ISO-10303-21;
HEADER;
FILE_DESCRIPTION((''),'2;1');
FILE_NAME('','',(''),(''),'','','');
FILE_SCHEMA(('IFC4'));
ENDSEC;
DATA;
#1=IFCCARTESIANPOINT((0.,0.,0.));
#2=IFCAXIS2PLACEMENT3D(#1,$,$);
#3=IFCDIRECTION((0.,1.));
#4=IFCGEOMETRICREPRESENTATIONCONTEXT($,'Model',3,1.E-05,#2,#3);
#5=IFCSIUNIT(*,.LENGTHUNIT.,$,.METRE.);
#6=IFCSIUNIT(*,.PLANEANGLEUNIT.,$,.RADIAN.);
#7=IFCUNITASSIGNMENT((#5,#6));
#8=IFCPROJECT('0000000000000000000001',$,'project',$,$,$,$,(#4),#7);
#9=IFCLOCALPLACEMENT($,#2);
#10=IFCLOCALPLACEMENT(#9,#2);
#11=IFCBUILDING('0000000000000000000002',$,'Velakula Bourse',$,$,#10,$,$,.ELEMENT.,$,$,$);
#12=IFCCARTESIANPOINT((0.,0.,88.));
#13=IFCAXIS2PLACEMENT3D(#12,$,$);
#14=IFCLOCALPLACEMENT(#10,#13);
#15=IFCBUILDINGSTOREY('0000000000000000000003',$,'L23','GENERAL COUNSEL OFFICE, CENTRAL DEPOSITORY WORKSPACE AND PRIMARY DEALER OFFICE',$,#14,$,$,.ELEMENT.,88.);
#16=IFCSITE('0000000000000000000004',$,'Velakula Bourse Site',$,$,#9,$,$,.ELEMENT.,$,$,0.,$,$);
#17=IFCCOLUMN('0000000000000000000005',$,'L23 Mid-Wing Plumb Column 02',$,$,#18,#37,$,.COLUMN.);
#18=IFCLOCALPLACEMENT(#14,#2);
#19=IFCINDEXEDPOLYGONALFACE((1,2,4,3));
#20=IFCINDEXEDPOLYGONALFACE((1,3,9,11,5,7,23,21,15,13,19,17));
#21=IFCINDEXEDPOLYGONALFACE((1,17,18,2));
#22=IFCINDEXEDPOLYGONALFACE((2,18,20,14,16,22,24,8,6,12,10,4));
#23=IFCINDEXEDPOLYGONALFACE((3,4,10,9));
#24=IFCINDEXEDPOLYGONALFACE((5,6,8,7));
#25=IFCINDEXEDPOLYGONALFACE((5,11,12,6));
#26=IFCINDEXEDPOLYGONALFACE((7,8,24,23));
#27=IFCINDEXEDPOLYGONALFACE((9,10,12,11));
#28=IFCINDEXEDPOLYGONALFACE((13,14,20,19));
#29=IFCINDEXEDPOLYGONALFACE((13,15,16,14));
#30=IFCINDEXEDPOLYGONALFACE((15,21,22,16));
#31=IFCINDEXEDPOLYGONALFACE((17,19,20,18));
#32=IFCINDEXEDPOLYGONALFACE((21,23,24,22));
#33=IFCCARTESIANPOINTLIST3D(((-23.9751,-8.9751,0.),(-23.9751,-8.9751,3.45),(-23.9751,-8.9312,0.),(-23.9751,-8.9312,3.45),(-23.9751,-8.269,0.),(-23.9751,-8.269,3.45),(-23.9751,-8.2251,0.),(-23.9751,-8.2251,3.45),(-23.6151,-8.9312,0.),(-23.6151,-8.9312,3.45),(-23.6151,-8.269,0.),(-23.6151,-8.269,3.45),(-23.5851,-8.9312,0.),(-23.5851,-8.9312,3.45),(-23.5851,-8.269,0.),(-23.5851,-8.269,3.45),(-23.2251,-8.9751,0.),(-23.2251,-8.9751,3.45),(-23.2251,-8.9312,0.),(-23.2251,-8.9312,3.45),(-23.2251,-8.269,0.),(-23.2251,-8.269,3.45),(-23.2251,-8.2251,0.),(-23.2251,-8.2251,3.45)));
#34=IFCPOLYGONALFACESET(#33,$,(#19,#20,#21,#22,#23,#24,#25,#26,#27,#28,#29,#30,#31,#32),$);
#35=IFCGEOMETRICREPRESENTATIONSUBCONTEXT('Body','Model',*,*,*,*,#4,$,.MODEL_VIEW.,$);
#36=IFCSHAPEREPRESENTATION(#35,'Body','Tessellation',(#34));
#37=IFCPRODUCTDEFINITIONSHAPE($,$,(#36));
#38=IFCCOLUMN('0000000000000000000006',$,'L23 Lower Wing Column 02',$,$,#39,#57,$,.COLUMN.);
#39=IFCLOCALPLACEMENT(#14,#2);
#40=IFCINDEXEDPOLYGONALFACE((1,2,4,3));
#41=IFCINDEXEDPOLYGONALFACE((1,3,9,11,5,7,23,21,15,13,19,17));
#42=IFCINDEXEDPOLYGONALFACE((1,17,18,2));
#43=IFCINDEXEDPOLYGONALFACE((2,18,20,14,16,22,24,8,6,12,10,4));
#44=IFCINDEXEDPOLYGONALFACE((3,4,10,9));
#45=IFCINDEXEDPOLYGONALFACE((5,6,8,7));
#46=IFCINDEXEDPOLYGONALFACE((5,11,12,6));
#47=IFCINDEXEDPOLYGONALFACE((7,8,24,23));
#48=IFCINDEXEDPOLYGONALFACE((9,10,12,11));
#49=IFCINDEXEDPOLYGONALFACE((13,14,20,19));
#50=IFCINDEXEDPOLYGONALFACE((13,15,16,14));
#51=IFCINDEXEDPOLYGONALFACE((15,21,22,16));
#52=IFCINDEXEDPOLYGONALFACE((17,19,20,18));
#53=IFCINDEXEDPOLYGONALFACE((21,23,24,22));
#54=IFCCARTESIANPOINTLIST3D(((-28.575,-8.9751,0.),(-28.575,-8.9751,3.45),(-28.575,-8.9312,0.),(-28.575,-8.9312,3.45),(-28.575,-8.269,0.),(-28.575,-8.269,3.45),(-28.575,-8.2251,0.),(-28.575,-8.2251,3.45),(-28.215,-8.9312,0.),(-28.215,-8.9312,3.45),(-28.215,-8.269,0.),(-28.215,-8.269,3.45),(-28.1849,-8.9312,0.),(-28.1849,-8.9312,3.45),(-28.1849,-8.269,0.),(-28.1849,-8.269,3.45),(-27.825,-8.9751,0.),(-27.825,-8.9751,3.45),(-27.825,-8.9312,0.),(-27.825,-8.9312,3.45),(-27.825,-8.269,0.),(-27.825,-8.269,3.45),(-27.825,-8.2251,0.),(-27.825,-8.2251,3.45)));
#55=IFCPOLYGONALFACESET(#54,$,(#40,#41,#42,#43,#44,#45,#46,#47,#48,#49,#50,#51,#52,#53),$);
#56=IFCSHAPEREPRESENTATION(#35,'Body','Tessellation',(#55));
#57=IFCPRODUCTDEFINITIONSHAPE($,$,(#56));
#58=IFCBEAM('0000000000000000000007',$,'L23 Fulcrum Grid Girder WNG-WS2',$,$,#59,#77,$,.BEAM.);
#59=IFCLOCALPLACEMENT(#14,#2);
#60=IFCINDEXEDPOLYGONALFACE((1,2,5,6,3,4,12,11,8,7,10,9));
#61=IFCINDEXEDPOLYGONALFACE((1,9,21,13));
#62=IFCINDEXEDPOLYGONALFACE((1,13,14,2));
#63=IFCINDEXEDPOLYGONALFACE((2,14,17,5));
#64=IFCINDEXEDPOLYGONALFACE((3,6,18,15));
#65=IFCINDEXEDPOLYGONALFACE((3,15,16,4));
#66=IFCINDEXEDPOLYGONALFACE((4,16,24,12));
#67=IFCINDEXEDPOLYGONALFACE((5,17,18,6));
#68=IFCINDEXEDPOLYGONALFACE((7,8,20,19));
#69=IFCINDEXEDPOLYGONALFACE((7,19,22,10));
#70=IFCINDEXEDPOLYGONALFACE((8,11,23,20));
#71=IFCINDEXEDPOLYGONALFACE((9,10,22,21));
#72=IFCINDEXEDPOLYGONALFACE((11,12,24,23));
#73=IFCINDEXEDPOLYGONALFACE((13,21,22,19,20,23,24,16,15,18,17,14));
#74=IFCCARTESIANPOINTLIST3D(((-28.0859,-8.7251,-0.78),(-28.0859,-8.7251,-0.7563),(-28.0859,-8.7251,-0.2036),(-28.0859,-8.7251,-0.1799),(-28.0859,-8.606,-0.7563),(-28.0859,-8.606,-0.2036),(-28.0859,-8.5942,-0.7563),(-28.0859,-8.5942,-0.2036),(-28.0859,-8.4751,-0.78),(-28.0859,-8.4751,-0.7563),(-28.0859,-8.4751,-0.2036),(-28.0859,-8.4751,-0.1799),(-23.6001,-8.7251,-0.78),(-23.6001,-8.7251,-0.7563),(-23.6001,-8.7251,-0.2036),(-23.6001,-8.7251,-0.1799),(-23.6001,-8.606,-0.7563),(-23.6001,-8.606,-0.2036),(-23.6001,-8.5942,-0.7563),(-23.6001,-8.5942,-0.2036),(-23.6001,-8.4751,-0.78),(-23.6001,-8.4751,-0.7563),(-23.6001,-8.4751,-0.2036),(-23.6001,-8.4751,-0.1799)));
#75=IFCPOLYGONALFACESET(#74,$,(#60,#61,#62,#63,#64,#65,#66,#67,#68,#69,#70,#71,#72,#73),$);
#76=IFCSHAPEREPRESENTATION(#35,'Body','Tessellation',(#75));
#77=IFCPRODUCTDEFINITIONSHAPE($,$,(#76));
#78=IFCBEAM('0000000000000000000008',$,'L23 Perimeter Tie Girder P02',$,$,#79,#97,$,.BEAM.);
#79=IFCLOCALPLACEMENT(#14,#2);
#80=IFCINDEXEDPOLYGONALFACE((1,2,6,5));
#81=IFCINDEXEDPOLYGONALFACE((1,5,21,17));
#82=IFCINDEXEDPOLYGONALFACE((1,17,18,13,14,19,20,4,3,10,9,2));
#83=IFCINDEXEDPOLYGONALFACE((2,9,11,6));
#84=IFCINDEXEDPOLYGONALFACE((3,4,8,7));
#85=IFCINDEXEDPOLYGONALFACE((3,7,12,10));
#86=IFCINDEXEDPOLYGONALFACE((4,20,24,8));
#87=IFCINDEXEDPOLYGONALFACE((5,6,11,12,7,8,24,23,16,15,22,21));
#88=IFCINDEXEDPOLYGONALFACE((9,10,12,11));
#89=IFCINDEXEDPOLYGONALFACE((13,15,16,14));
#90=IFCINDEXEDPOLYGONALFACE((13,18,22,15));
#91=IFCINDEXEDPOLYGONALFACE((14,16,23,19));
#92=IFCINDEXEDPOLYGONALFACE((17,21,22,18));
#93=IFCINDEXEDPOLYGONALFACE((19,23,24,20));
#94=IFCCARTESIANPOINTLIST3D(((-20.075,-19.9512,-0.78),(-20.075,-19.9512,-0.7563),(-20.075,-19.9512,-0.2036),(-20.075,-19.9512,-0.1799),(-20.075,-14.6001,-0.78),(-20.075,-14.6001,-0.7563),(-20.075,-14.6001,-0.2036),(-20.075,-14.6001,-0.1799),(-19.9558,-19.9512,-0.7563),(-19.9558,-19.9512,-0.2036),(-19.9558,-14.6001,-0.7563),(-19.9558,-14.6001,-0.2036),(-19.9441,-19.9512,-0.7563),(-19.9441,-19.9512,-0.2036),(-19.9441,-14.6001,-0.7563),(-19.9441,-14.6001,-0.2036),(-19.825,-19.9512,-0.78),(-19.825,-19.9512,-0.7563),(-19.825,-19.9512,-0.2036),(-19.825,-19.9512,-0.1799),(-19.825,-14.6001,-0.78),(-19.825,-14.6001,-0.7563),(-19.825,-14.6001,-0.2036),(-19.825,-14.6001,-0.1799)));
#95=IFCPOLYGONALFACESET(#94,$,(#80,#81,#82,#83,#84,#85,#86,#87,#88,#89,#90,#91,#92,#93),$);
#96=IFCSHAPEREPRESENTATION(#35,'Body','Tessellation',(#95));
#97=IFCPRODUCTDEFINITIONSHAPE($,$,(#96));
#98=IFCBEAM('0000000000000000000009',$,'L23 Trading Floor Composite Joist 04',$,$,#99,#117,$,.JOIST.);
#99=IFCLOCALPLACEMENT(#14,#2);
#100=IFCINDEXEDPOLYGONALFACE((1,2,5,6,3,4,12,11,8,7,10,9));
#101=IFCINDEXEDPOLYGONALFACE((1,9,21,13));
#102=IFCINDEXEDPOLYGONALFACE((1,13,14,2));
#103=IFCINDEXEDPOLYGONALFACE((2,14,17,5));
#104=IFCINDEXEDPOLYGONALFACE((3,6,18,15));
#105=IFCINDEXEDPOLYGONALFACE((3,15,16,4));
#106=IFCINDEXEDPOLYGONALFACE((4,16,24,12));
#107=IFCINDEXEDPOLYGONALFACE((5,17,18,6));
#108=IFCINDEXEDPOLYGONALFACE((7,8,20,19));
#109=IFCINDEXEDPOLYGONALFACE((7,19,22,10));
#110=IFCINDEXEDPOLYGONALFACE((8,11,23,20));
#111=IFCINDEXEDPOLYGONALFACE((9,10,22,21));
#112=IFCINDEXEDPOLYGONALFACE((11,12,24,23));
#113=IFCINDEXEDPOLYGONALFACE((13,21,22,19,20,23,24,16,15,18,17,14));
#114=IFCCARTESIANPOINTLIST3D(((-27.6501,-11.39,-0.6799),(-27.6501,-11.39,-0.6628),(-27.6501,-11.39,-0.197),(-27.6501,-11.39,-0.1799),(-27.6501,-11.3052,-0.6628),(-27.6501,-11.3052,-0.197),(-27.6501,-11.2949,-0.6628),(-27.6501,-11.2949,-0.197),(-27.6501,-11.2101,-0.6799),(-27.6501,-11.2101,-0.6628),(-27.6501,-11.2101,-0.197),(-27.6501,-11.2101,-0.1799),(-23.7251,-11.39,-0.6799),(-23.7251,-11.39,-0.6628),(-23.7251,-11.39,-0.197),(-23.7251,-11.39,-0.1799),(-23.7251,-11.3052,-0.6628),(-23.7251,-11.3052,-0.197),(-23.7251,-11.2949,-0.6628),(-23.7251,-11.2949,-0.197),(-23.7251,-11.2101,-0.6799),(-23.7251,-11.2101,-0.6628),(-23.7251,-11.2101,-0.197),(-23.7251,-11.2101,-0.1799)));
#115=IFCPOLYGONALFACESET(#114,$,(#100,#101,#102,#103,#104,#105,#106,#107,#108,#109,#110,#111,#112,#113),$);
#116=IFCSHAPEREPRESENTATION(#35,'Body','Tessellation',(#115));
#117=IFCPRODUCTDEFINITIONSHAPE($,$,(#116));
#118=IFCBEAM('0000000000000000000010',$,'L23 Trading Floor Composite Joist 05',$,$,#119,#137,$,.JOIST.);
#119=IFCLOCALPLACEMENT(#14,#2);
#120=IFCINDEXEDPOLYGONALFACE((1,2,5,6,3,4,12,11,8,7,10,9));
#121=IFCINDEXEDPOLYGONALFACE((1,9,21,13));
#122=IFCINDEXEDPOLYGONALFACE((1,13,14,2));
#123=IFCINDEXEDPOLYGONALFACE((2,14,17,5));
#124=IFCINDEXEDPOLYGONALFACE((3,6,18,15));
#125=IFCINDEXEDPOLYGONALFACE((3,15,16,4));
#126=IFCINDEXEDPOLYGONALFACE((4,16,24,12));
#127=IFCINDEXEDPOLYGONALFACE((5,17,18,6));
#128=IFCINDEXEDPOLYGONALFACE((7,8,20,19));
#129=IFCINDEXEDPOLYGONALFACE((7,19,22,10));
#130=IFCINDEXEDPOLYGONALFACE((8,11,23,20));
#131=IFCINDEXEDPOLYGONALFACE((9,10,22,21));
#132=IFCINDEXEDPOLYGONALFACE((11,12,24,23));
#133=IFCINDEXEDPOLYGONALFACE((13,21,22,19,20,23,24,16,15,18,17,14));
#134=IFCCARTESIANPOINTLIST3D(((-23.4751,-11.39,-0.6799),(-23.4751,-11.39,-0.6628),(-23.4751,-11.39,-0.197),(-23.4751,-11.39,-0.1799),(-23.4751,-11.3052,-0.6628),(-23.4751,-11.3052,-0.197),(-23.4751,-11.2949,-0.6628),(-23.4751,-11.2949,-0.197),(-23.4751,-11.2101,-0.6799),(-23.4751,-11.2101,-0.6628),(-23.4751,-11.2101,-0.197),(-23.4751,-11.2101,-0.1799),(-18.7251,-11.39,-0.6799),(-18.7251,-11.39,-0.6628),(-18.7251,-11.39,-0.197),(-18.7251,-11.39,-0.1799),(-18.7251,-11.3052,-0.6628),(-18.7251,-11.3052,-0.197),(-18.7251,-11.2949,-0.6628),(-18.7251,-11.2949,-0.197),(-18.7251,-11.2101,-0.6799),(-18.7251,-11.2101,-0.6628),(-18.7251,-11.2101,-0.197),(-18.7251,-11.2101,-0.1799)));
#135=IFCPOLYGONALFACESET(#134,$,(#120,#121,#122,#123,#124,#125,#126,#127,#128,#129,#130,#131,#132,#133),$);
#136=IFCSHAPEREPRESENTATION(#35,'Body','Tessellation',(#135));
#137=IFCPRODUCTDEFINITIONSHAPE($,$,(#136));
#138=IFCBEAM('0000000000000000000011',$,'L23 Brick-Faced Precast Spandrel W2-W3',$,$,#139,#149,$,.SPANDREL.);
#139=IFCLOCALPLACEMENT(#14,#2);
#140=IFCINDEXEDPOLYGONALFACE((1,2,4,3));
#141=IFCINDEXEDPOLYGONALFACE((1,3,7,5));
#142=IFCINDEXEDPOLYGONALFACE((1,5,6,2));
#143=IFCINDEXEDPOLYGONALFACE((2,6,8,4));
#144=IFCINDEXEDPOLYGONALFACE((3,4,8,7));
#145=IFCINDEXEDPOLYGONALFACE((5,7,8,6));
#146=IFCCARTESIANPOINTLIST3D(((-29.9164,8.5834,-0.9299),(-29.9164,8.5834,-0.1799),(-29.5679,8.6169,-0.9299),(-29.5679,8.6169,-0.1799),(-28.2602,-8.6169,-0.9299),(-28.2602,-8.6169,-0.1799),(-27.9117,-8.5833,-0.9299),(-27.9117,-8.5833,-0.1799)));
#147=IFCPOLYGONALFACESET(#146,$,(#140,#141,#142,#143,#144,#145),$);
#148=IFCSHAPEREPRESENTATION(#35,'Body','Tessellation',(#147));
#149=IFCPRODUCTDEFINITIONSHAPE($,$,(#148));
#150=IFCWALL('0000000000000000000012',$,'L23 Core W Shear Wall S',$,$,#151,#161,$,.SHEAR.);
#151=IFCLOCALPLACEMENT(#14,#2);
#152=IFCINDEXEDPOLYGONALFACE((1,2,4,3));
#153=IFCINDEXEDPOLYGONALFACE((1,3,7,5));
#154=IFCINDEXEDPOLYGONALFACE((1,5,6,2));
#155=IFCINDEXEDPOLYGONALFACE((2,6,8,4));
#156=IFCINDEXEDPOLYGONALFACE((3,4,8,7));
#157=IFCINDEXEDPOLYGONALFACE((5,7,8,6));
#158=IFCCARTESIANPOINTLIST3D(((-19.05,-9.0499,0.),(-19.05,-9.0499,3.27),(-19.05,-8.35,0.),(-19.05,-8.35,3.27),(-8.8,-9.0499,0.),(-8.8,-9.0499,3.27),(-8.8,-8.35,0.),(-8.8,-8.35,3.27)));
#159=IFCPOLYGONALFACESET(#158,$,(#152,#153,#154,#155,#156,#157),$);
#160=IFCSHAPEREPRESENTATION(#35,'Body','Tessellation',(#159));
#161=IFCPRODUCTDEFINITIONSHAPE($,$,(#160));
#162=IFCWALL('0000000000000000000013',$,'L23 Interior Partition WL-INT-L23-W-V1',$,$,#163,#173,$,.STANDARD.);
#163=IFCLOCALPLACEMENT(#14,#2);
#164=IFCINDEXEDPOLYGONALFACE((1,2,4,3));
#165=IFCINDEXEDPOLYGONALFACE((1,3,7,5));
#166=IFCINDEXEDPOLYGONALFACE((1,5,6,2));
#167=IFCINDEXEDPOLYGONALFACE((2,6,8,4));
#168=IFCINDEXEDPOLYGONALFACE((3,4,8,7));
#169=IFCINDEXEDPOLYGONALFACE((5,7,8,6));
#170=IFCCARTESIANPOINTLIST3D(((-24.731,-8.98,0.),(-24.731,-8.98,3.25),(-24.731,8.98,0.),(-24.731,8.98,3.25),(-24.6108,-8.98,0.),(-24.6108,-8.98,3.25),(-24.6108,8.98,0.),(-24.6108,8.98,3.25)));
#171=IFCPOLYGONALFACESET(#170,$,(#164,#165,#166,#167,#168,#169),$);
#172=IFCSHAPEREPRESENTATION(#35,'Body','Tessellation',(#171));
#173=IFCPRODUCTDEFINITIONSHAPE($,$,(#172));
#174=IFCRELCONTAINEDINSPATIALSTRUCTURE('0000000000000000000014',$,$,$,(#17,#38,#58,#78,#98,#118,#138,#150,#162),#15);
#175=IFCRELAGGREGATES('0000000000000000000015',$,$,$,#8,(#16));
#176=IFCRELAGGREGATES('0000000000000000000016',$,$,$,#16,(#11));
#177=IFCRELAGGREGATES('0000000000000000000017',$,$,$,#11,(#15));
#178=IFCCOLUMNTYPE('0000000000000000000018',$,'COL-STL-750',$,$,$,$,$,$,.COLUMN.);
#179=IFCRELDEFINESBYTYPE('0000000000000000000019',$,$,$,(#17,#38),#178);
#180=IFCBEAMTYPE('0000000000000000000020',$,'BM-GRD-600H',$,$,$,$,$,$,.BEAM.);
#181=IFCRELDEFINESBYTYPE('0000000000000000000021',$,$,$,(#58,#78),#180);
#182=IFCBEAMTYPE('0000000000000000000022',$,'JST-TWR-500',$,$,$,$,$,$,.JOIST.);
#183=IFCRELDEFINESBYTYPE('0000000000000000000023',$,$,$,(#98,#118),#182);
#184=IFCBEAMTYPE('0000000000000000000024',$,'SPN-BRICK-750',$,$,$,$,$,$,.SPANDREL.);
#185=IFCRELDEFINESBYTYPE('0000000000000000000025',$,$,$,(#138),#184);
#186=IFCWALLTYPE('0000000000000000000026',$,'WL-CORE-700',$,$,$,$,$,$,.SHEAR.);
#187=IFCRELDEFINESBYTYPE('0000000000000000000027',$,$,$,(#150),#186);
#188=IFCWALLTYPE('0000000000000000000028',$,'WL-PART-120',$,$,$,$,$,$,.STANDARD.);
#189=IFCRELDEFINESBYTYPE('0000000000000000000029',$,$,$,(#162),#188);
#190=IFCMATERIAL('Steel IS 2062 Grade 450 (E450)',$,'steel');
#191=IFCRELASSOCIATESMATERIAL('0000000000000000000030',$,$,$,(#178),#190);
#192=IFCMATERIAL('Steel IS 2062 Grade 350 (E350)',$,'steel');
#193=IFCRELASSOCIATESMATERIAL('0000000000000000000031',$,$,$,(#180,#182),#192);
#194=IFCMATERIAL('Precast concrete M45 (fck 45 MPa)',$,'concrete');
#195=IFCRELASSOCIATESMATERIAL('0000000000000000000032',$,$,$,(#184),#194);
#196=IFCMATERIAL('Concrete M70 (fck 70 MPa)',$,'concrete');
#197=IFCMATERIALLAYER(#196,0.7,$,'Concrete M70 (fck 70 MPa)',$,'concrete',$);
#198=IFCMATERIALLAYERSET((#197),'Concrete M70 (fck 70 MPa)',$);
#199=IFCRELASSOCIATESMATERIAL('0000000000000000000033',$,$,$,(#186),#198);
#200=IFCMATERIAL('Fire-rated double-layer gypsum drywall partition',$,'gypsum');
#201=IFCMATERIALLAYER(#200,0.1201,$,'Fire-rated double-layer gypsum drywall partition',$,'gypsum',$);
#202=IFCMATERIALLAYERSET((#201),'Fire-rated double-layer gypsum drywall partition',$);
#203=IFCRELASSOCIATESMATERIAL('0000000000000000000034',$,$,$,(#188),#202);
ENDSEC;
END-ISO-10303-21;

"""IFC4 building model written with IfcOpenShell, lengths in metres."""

from ifc_helpers import new_model, si_unit, direction, frame, frame_2d, origin, origin_2d, place, context, subcontext, project, spatial, rectangle, i_section, extrude, material, layer, layer_set, material_profile, profile_set, type_object, element, save


model = new_model("IFC4")

# Units and contexts
model_context = context("Model", 3, precision=1e-05, world=origin(), true_north=direction((0.0, 1.0)))
body_context = subcontext(model_context, "Body", "Model", "MODEL_VIEW")
ifc_project = project(units=[si_unit("LENGTHUNIT", "METRE"), si_unit("PLANEANGLEUNIT", "RADIAN")], contexts=[model_context])

# Site, building, storey
site_placement = place(None, origin())
site = spatial("IfcSite", under=ifc_project, at=site_placement, Name="Velakula Bourse Site", CompositionType="ELEMENT", RefElevation=0.0)
building_placement = place(site_placement, origin())
building = spatial("IfcBuilding", under=site, at=building_placement, Name="Velakula Bourse", CompositionType="ELEMENT")
storey_placement = place(building_placement, frame((0.0, 0.0, 88.0)))
storey = spatial("IfcBuildingStorey", under=building, at=storey_placement, Name="L23", Description="GENERAL COUNSEL OFFICE, CENTRAL DEPOSITORY WORKSPACE AND PRIMARY DEALER OFFICE", CompositionType="ELEMENT", Elevation=88.0)

# Columns
ifc_material_1 = material(Name="Steel IS 2062 Grade 450 (E450)", Category="steel")
ifc_material_profile_1 = material_profile(ifc_material_1, i_section(OverallWidth=0.75, OverallDepth=0.75, WebThickness=0.03, FlangeThickness=0.0439, at=origin_2d()), Name="Steel IS 2062 Grade 450 (E450)")
ifc_profile_set_1 = profile_set([ifc_material_profile_1], Name="Steel IS 2062 Grade 450 (E450)")
column_type = type_object("IfcColumnType", Name="COL-STL-750", PredefinedType="COLUMN", material=ifc_profile_set_1)
for number, where, z_axis, x_axis, name in (
    (1, (-23.6001, -8.6001, 0.0), (0.0, 0.0, 1.0), (1.0, 0.0, 0.0), "L23 Mid-Wing Plumb Column 02"),
    (2, (-28.2, -8.6001, 0.0), (0.0, 0.0, 1.0), (1.0, 0.0, 0.0), "L23 Lower Wing Column 02"),
):
    element("IfcColumn", number, at=place(storey_placement, frame(where, z_axis=z_axis, x_axis=x_axis)), inside=storey, type_object=column_type, Name=name, PredefinedType="COLUMN", context=body_context, shape_type="SweptSolid", body=[
        extrude(i_section(OverallWidth=0.75, OverallDepth=0.75, WebThickness=0.03, FlangeThickness=0.0439, at=origin_2d()), origin(), (0.0, 0.0, 1.0), 3.45),
    ])

# Beams
ifc_material_2 = material(Name="Steel IS 2062 Grade 350 (E350)", Category="steel")
ifc_material_profile_2 = material_profile(ifc_material_2, i_section(OverallWidth=0.25, OverallDepth=0.6001, WebThickness=0.0117, FlangeThickness=0.0237, at=origin_2d()), Name="Steel IS 2062 Grade 350 (E350)")
ifc_profile_set_2 = profile_set([ifc_material_profile_2], Name="Steel IS 2062 Grade 350 (E350)")
beam_type_1 = type_object("IfcBeamType", Name="BM-GRD-600H", PredefinedType="BEAM", material=ifc_profile_set_2)
beam_1_placement = place(storey_placement, frame((-28.0859, -8.6001, -0.48), z_axis=(1.0, 0.0, 0.0), x_axis=(0.0, 1.0, 0.0)))
element("IfcBeam", 3, at=beam_1_placement, inside=storey, type_object=beam_type_1, Name="L23 Fulcrum Grid Girder WNG-WS2", PredefinedType="BEAM", context=body_context, shape_type="SweptSolid", body=[
    extrude(i_section(OverallWidth=0.25, OverallDepth=0.6001, WebThickness=0.0117, FlangeThickness=0.0237, at=origin_2d()), origin(), (0.0, 0.0, 1.0), 4.4858),
])
beam_2_placement = place(storey_placement, frame((-19.95, -14.6001, -0.48), z_axis=(0.0, -1.0, 0.0), x_axis=(1.0, 0.0, 0.0)))
element("IfcBeam", 4, at=beam_2_placement, inside=storey, type_object=beam_type_1, Name="L23 Perimeter Tie Girder P02", PredefinedType="BEAM", context=body_context, shape_type="SweptSolid", body=[
    extrude(i_section(OverallWidth=0.25, OverallDepth=0.6001, WebThickness=0.0117, FlangeThickness=0.0237, at=origin_2d()), origin(), (0.0, 0.0, 1.0), 5.3511),
])
ifc_material_profile_3 = material_profile(ifc_material_2, i_section(OverallWidth=0.1799, OverallDepth=0.5, WebThickness=0.0103, FlangeThickness=0.0171, at=origin_2d()), Name="Steel IS 2062 Grade 350 (E350)")
ifc_profile_set_3 = profile_set([ifc_material_profile_3], Name="Steel IS 2062 Grade 350 (E350)")
beam_type_2 = type_object("IfcBeamType", Name="JST-TWR-500", PredefinedType="JOIST", material=ifc_profile_set_3)
beam_3_placement = place(storey_placement, frame((-27.6501, -11.3, -0.4299), z_axis=(1.0, 0.0, 0.0), x_axis=(0.0, 1.0, 0.0)))
element("IfcBeam", 5, at=beam_3_placement, inside=storey, type_object=beam_type_2, Name="L23 Trading Floor Composite Joist 04", PredefinedType="JOIST", context=body_context, shape_type="SweptSolid", body=[
    extrude(i_section(OverallWidth=0.1799, OverallDepth=0.5, WebThickness=0.0103, FlangeThickness=0.0171, at=origin_2d()), origin(), (0.0, 0.0, 1.0), 3.925),
])
beam_4_placement = place(storey_placement, frame((-23.4751, -11.3, -0.4299), z_axis=(1.0, 0.0, 0.0), x_axis=(0.0, 1.0, 0.0)))
element("IfcBeam", 6, at=beam_4_placement, inside=storey, type_object=beam_type_2, Name="L23 Trading Floor Composite Joist 05", PredefinedType="JOIST", context=body_context, shape_type="SweptSolid", body=[
    extrude(i_section(OverallWidth=0.1799, OverallDepth=0.5, WebThickness=0.0103, FlangeThickness=0.0171, at=origin_2d()), origin(), (0.0, 0.0, 1.0), 4.75),
])
ifc_material_3 = material(Name="Precast concrete M45 (fck 45 MPa)", Category="concrete")
ifc_material_profile_4 = material_profile(ifc_material_3, rectangle(XDim=0.3501, YDim=0.75, at=origin_2d()), Name="Precast concrete M45 (fck 45 MPa)")
ifc_profile_set_4 = profile_set([ifc_material_profile_4], Name="Precast concrete M45 (fck 45 MPa)")
beam_type_3 = type_object("IfcBeamType", Name="SPN-BRICK-750", PredefinedType="SPANDREL", material=ifc_profile_set_4)
beam_5_placement = place(storey_placement, frame((-28.0859, -8.6001, -0.5549), z_axis=(-0.095849, 0.995396, 0.0), x_axis=(-0.995396, -0.095849, 0.0)))
element("IfcBeam", 7, at=beam_5_placement, inside=storey, type_object=beam_type_3, Name="L23 Brick-Faced Precast Spandrel W2-W3", PredefinedType="SPANDREL", context=body_context, shape_type="SweptSolid", body=[
    extrude(rectangle(XDim=0.3501, YDim=0.75, at=origin_2d()), origin(), (0.0, 0.0, 1.0), 17.2798),
])

# Walls
ifc_material_4 = material(Name="Concrete M70 (fck 70 MPa)", Category="concrete")
ifc_layer_1 = layer(ifc_material_4, 0.7, Name="Concrete M70 (fck 70 MPa)", Category="concrete")
ifc_layer_set_1 = layer_set([ifc_layer_1], Name="Concrete M70 (fck 70 MPa)")
wall_type_1 = type_object("IfcWallType", Name="WL-CORE-700", PredefinedType="SHEAR", material=ifc_layer_set_1)
wall_1_placement = place(storey_placement, frame((-19.05, -8.7, 0.0), z_axis=(0.0, 0.0, 1.0), x_axis=(1.0, 0.0, 0.0)))
element("IfcWall", 8, at=wall_1_placement, inside=storey, type_object=wall_type_1, Name="L23 Core W Shear Wall S", PredefinedType="SHEAR", context=body_context, shape_type="SweptSolid", body=[
    extrude(rectangle(XDim=10.25, YDim=0.7, at=frame_2d((5.125, 0.0))), origin(), (0.0, 0.0, 1.0), 3.27),
])
ifc_material_5 = material(Name="Fire-rated double-layer gypsum drywall partition", Category="gypsum")
ifc_layer_2 = layer(ifc_material_5, 0.1201, Name="Fire-rated double-layer gypsum drywall partition", Category="gypsum")
ifc_layer_set_2 = layer_set([ifc_layer_2], Name="Fire-rated double-layer gypsum drywall partition")
wall_type_2 = type_object("IfcWallType", Name="WL-PART-120", PredefinedType="STANDARD", material=ifc_layer_set_2)
wall_2_placement = place(storey_placement, frame((-24.6709, -8.98, 0.0), z_axis=(0.0, 0.0, 1.0), x_axis=(0.0, 1.0, 0.0)))
element("IfcWall", 9, at=wall_2_placement, inside=storey, type_object=wall_type_2, Name="L23 Interior Partition WL-INT-L23-W-V1", PredefinedType="STANDARD", context=body_context, shape_type="SweptSolid", body=[
    extrude(rectangle(XDim=17.96, YDim=0.1201, at=frame_2d((8.98, 0.0))), origin(), (0.0, 0.0, 1.0), 3.25),
])

save(model, "model.ifc")
